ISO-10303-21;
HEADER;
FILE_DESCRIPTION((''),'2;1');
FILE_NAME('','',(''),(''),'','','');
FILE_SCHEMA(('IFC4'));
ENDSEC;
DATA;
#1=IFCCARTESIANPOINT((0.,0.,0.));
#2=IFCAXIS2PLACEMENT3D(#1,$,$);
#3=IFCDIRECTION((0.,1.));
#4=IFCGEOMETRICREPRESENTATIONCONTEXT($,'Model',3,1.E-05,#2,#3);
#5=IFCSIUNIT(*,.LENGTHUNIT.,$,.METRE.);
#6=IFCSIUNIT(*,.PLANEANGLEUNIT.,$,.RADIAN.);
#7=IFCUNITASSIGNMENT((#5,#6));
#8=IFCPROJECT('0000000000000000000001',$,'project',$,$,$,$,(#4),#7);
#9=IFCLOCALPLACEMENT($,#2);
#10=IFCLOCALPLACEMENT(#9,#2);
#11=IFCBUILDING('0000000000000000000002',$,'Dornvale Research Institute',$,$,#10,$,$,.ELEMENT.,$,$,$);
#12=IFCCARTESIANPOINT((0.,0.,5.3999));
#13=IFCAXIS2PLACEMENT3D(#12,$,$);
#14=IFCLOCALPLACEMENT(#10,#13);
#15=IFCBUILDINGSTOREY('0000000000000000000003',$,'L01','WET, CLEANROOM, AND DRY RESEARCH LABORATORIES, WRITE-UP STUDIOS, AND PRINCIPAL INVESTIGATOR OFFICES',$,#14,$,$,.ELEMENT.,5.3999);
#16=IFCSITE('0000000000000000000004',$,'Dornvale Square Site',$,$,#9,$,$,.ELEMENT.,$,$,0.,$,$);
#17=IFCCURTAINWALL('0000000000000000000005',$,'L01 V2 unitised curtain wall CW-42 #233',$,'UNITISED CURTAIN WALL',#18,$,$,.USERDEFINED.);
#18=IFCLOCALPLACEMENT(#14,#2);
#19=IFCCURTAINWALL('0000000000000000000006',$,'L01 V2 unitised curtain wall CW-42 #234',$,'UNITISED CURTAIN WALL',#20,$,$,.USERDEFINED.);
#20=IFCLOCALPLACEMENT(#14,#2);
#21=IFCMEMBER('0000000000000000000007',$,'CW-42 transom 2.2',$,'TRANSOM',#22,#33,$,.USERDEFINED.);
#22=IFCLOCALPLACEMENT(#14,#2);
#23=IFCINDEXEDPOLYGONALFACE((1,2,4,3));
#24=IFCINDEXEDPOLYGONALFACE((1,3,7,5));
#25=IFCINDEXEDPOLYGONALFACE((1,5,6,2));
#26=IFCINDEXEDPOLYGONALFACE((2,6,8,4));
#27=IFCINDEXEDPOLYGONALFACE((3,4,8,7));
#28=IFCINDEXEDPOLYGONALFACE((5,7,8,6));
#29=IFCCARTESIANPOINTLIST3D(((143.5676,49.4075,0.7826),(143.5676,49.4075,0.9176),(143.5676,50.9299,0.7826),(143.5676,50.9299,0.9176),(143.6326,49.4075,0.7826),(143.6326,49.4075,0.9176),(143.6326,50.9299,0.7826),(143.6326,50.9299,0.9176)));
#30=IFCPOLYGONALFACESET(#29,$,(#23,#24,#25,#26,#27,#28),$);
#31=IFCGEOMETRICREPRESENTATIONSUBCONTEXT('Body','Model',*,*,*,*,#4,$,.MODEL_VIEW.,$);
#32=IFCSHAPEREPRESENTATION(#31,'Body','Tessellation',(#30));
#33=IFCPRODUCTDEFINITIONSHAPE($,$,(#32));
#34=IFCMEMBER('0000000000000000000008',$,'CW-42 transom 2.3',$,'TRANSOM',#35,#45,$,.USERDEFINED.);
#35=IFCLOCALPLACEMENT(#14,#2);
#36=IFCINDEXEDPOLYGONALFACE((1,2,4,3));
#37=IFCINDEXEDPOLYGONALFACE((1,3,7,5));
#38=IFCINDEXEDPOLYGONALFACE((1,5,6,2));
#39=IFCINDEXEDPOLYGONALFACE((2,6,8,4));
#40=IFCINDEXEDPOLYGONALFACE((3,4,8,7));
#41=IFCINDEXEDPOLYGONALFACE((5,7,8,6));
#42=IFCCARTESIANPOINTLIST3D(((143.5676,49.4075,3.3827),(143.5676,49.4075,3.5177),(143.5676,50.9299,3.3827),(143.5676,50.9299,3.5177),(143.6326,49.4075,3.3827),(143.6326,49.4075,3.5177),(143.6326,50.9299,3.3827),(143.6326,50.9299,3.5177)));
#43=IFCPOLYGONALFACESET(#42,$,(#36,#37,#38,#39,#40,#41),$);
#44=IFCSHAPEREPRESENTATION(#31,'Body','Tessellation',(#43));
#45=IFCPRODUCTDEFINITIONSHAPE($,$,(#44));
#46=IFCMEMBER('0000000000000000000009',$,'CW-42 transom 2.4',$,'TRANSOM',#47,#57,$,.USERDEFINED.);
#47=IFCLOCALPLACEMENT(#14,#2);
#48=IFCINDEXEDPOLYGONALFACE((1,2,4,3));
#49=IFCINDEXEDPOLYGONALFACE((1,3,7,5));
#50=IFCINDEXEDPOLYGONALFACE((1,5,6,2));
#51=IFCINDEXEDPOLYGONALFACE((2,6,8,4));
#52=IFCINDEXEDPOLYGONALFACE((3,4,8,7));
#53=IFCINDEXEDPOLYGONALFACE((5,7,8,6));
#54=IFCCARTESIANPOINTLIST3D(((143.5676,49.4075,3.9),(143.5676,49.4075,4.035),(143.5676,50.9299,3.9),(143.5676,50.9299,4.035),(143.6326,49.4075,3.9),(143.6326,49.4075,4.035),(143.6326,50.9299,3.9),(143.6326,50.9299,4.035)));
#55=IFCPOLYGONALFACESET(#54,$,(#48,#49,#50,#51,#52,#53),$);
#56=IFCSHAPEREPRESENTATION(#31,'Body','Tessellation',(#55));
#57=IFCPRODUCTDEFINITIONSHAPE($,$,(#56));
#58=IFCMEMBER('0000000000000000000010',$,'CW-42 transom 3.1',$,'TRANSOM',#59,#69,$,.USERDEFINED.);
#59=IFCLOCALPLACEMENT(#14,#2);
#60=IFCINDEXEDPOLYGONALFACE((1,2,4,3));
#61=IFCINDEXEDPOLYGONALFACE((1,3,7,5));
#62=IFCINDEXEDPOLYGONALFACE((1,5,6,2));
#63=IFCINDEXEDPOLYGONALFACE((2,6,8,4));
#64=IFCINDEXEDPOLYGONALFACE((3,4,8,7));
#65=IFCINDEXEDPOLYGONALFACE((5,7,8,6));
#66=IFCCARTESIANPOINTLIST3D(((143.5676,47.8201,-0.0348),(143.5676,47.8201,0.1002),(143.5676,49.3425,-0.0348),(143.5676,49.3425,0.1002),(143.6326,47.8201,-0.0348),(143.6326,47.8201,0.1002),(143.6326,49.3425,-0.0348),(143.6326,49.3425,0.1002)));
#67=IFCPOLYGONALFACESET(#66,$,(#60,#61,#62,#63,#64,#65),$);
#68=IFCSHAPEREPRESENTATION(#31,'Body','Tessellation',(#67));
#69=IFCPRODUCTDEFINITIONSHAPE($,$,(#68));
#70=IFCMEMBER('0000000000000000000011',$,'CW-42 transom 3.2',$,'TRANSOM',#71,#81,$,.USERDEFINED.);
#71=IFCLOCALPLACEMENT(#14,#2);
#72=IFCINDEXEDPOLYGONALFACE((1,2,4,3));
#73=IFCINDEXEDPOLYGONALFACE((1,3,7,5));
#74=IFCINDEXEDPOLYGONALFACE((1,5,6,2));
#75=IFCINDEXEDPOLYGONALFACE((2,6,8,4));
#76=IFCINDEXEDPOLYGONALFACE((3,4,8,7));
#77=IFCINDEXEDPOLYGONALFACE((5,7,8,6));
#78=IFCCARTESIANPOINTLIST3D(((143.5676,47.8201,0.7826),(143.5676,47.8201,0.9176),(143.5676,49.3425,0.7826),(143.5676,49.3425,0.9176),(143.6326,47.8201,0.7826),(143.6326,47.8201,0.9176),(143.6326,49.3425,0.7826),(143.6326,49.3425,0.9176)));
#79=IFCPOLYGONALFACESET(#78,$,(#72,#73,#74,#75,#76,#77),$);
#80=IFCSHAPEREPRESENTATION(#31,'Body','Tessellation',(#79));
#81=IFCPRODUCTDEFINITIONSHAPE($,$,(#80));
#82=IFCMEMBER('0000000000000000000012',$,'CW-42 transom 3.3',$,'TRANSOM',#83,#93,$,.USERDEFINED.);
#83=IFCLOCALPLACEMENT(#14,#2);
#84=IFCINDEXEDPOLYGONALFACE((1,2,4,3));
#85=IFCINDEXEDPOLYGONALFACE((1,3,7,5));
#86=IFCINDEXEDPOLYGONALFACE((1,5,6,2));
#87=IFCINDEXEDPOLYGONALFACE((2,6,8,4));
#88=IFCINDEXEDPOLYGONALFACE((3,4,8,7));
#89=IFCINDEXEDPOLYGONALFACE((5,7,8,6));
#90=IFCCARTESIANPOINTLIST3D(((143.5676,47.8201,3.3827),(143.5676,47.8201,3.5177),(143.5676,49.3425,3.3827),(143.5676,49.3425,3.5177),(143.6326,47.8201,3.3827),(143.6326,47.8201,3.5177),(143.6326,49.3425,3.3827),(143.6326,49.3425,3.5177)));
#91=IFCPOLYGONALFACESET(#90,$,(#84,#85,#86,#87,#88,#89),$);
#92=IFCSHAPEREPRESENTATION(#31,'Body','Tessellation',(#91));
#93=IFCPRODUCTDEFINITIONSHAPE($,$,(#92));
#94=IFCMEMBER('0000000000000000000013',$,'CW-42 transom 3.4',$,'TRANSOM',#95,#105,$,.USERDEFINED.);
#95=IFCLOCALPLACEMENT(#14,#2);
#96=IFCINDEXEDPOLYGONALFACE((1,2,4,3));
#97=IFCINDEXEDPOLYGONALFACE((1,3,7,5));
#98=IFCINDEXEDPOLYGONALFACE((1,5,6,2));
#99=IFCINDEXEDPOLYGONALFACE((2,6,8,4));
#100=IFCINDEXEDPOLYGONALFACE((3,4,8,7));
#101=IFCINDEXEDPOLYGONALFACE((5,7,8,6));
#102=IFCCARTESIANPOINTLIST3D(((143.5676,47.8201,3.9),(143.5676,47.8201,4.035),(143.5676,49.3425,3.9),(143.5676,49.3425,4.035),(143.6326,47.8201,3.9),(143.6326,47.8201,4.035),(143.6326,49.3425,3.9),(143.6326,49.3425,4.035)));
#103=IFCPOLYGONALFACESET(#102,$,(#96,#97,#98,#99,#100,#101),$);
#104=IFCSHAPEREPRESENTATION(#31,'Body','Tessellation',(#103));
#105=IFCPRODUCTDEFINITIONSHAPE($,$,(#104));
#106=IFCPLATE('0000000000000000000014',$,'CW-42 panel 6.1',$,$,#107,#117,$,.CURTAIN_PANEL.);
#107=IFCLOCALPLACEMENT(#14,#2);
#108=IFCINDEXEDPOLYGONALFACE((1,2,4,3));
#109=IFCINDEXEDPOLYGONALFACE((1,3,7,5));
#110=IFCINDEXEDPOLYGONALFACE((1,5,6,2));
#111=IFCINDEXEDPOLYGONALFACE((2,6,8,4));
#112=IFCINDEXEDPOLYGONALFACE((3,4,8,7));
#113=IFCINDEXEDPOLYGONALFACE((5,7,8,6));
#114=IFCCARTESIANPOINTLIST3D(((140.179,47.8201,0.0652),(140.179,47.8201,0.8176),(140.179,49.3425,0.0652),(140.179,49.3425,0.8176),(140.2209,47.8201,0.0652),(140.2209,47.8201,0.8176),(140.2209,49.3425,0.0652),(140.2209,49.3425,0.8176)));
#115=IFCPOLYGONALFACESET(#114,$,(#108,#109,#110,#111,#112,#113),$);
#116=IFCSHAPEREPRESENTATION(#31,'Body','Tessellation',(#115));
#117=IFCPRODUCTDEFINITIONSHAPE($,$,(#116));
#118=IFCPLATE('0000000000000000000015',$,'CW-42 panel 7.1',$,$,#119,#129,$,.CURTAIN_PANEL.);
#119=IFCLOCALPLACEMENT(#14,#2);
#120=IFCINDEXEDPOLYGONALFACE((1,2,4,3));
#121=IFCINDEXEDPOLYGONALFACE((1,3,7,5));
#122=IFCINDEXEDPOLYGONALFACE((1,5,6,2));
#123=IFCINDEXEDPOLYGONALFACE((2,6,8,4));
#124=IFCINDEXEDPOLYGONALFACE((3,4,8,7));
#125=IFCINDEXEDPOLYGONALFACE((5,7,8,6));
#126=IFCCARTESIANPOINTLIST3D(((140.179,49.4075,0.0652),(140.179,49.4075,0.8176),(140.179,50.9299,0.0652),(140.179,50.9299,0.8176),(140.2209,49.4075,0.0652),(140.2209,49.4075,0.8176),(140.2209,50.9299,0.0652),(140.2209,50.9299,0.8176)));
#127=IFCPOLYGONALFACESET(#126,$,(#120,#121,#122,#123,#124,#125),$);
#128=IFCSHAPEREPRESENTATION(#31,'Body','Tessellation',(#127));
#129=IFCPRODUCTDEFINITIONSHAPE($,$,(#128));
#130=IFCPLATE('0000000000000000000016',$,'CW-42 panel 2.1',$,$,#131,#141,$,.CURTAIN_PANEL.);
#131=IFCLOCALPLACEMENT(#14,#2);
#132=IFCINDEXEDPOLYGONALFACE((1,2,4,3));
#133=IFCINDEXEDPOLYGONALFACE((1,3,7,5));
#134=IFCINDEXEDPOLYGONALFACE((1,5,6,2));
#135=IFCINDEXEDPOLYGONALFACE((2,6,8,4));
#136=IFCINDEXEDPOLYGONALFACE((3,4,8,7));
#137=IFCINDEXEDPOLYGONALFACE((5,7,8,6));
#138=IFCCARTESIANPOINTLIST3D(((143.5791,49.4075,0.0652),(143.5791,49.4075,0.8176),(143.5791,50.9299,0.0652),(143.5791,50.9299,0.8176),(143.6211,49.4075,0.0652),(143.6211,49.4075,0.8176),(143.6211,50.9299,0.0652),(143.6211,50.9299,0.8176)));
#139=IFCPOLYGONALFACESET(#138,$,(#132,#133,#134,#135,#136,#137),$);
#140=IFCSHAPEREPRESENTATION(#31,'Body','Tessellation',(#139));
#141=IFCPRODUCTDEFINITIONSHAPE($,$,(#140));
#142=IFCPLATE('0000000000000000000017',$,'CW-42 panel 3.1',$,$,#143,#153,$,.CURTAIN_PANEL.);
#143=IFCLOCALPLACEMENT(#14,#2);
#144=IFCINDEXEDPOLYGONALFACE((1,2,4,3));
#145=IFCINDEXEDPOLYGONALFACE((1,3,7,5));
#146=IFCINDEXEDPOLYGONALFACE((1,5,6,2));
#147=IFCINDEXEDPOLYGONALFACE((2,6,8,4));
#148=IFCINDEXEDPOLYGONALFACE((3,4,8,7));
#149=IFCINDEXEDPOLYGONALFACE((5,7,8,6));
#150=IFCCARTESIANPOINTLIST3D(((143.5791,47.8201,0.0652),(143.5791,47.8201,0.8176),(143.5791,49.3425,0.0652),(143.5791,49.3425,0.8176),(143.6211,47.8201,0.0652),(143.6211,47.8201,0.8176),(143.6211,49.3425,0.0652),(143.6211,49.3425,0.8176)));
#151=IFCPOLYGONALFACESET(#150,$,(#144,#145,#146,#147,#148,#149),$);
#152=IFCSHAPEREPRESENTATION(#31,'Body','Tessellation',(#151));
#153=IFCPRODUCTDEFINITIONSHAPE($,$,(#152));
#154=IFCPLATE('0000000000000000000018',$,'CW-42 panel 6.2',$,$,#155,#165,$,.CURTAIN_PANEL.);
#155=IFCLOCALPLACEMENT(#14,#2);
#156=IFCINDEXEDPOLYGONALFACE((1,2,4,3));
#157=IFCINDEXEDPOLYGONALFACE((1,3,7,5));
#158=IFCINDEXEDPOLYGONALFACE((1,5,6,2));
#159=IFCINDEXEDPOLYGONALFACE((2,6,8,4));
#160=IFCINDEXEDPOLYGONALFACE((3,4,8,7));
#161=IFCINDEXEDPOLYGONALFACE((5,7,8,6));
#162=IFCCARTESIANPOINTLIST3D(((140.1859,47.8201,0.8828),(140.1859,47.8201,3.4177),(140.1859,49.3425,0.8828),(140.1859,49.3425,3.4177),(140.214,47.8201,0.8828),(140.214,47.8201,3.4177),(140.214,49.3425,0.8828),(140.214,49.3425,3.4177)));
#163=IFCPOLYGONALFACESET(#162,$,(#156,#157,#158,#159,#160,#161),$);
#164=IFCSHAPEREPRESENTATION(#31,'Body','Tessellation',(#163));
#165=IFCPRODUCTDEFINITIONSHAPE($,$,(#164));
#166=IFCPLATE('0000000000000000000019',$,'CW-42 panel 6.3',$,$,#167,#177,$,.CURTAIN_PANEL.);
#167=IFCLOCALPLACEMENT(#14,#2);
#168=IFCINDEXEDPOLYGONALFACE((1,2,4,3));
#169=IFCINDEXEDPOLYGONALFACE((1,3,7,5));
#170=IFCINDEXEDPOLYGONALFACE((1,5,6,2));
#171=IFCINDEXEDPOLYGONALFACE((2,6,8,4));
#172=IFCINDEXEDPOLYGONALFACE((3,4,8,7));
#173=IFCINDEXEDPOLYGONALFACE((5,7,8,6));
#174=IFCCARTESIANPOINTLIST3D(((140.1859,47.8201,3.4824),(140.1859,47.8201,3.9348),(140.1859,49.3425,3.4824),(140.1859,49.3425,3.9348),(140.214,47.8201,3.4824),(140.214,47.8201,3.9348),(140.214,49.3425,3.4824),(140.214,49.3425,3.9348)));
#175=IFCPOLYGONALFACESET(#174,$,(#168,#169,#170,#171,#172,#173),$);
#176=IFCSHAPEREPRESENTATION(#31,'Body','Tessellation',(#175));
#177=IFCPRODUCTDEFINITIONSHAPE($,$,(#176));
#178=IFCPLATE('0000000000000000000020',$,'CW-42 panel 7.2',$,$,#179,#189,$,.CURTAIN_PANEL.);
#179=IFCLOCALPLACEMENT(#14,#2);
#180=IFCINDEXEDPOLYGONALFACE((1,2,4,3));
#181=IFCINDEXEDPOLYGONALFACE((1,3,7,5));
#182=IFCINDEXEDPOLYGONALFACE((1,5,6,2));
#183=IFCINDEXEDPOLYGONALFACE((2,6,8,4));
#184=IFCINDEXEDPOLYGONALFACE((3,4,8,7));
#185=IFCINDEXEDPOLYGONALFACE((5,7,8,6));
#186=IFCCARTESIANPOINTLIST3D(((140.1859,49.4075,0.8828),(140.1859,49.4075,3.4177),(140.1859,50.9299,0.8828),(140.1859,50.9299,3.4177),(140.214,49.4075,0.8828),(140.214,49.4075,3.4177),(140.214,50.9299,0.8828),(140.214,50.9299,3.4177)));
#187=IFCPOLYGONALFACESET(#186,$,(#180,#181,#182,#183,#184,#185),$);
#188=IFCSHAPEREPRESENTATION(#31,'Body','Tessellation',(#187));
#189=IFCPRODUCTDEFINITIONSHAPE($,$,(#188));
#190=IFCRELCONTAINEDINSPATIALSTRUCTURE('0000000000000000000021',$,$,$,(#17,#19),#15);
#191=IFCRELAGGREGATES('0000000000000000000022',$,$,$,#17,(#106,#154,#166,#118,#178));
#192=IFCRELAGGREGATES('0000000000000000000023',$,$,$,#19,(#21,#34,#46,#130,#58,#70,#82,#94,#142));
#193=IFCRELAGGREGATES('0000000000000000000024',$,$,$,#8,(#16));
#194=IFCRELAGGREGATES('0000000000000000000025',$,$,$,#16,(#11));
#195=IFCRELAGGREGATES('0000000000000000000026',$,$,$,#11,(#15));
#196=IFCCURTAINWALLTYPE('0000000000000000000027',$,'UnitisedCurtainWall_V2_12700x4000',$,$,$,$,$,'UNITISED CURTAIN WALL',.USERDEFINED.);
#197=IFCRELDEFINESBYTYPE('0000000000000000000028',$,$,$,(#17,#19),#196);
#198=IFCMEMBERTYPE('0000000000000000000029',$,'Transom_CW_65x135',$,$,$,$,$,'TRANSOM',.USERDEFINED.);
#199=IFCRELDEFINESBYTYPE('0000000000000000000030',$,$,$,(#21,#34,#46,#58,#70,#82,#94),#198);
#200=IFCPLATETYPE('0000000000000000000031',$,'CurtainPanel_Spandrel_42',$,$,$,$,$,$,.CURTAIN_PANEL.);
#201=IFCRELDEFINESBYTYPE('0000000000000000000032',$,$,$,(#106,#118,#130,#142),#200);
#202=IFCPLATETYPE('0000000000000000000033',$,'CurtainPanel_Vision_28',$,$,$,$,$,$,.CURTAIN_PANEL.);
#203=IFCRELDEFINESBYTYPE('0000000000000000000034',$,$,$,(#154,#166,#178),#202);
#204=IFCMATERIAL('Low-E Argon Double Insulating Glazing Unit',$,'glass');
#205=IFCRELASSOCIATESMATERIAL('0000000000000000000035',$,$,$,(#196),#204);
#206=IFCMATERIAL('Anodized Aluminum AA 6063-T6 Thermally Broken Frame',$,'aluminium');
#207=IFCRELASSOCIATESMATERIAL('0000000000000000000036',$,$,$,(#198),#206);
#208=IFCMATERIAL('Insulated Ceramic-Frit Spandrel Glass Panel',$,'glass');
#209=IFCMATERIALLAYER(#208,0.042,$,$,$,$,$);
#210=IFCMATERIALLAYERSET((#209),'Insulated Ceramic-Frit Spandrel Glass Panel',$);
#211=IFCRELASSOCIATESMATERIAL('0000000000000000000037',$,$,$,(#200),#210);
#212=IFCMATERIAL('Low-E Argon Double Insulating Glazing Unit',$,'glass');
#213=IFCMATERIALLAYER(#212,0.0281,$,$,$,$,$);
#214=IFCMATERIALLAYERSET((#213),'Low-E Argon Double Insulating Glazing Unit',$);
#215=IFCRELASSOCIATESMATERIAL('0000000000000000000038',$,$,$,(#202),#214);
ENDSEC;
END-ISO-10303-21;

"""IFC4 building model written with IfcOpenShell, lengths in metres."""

from ifc_helpers import new_model, si_unit, direction, frame, origin, origin_2d, place, context, subcontext, project, spatial, rectangle, extrude, material, layer, layer_set, material_profile, profile_set, type_object, element, aggregate, save


model = new_model("IFC4")

# Units and contexts
model_context = context("Model", 3, precision=1e-05, world=origin(), true_north=direction((0.0, 1.0)))
body_context = subcontext(model_context, "Body", "Model", "MODEL_VIEW")
ifc_project = project(units=[si_unit("LENGTHUNIT", "METRE"), si_unit("PLANEANGLEUNIT", "RADIAN")], contexts=[model_context])

# Site, building, storey
site_placement = place(None, origin())
site = spatial("IfcSite", under=ifc_project, at=site_placement, Name="Dornvale Square Site", CompositionType="ELEMENT", RefElevation=0.0)
building_placement = place(site_placement, origin())
building = spatial("IfcBuilding", under=site, at=building_placement, Name="Dornvale Research Institute", CompositionType="ELEMENT")
storey_placement = place(building_placement, frame((0.0, 0.0, 5.3999)))
storey = spatial("IfcBuildingStorey", under=building, at=storey_placement, Name="L01", Description="WET, CLEANROOM, AND DRY RESEARCH LABORATORIES, WRITE-UP STUDIOS, AND PRINCIPAL INVESTIGATOR OFFICES", CompositionType="ELEMENT", Elevation=5.3999)

# Curtain walls
ifc_material_1 = material(Name="Low-E Argon Double Insulating Glazing Unit", Category="glass")
curtain_wall_type = type_object("IfcCurtainWallType", Name="UnitisedCurtainWall_V2_12700x4000", ElementType="UNITISED CURTAIN WALL", PredefinedType="USERDEFINED", material=ifc_material_1)
curtain_wall_1_placement = place(storey_placement, origin())
curtain_wall_1 = element("IfcCurtainWall", 1, at=curtain_wall_1_placement, inside=storey, type_object=curtain_wall_type, Name="L01 V2 unitised curtain wall CW-42 #233", ObjectType="UNITISED CURTAIN WALL", PredefinedType="USERDEFINED")
curtain_wall_2_placement = place(storey_placement, origin())
curtain_wall_2 = element("IfcCurtainWall", 2, at=curtain_wall_2_placement, inside=storey, type_object=curtain_wall_type, Name="L01 V2 unitised curtain wall CW-42 #234", ObjectType="UNITISED CURTAIN WALL", PredefinedType="USERDEFINED")

# Members
ifc_material_2 = material(Name="Anodized Aluminum AA 6063-T6 Thermally Broken Frame", Category="aluminium")
ifc_material_profile_1 = material_profile(ifc_material_2, rectangle(XDim=0.0649, YDim=0.135, at=origin_2d()), Name="ALU TRANSOM 65x135")
ifc_profile_set_1 = profile_set([ifc_material_profile_1], Name="Anodized Aluminum AA 6063-T6 Thermally Broken Frame")
member_type_1 = type_object("IfcMemberType", Name="Transom_CW_65x135", ElementType="TRANSOM", PredefinedType="USERDEFINED", material=ifc_profile_set_1)
member_1_placement = place(storey_placement, frame((143.6001, 50.9299, 0.8501), z_axis=(0.0, -1.0, 0.0), x_axis=(1.0, 0.0, 0.0)))
member_1 = element("IfcMember", 3, at=member_1_placement, type_object=member_type_1, Name="CW-42 transom 2.2", ObjectType="TRANSOM", PredefinedType="USERDEFINED", context=body_context, shape_type="SweptSolid", body=[
    extrude(rectangle(XDim=0.0649, YDim=0.135, at=origin_2d()), origin(), (0.0, 0.0, 1.0), 1.5225),
])
member_2_placement = place(storey_placement, frame((143.6001, 50.9299, 3.4502), z_axis=(0.0, -1.0, 0.0), x_axis=(1.0, 0.0, 0.0)))
member_2 = element("IfcMember", 4, at=member_2_placement, type_object=member_type_1, Name="CW-42 transom 2.3", ObjectType="TRANSOM", PredefinedType="USERDEFINED", context=body_context, shape_type="SweptSolid", body=[
    extrude(rectangle(XDim=0.0649, YDim=0.135, at=origin_2d()), origin(), (0.0, 0.0, 1.0), 1.5225),
])
member_3_placement = place(storey_placement, frame((143.6001, 50.9299, 3.9675), z_axis=(0.0, -1.0, 0.0), x_axis=(1.0, 0.0, 0.0)))
member_3 = element("IfcMember", 5, at=member_3_placement, type_object=member_type_1, Name="CW-42 transom 2.4", ObjectType="TRANSOM", PredefinedType="USERDEFINED", context=body_context, shape_type="SweptSolid", body=[
    extrude(rectangle(XDim=0.0649, YDim=0.135, at=origin_2d()), origin(), (0.0, 0.0, 1.0), 1.5225),
])
member_4_placement = place(storey_placement, frame((143.6001, 49.3425, 0.0327), z_axis=(0.0, -1.0, 0.0), x_axis=(1.0, 0.0, 0.0)))
member_4 = element("IfcMember", 6, at=member_4_placement, type_object=member_type_1, Name="CW-42 transom 3.1", ObjectType="TRANSOM", PredefinedType="USERDEFINED", context=body_context, shape_type="SweptSolid", body=[
    extrude(rectangle(XDim=0.0649, YDim=0.135, at=origin_2d()), origin(), (0.0, 0.0, 1.0), 1.5225),
])
member_5_placement = place(storey_placement, frame((143.6001, 49.3425, 0.8501), z_axis=(0.0, -1.0, 0.0), x_axis=(1.0, 0.0, 0.0)))
member_5 = element("IfcMember", 7, at=member_5_placement, type_object=member_type_1, Name="CW-42 transom 3.2", ObjectType="TRANSOM", PredefinedType="USERDEFINED", context=body_context, shape_type="SweptSolid", body=[
    extrude(rectangle(XDim=0.0649, YDim=0.135, at=origin_2d()), origin(), (0.0, 0.0, 1.0), 1.5225),
])
member_6_placement = place(storey_placement, frame((143.6001, 49.3425, 3.4502), z_axis=(0.0, -1.0, 0.0), x_axis=(1.0, 0.0, 0.0)))
member_6 = element("IfcMember", 8, at=member_6_placement, type_object=member_type_1, Name="CW-42 transom 3.3", ObjectType="TRANSOM", PredefinedType="USERDEFINED", context=body_context, shape_type="SweptSolid", body=[
    extrude(rectangle(XDim=0.0649, YDim=0.135, at=origin_2d()), origin(), (0.0, 0.0, 1.0), 1.5225),
])
member_7_placement = place(storey_placement, frame((143.6001, 49.3425, 3.9675), z_axis=(0.0, -1.0, 0.0), x_axis=(1.0, 0.0, 0.0)))
member_7 = element("IfcMember", 9, at=member_7_placement, type_object=member_type_1, Name="CW-42 transom 3.4", ObjectType="TRANSOM", PredefinedType="USERDEFINED", context=body_context, shape_type="SweptSolid", body=[
    extrude(rectangle(XDim=0.0649, YDim=0.135, at=origin_2d()), origin(), (0.0, 0.0, 1.0), 1.5225),
])

# Plates
ifc_material_3 = material(Name="Insulated Ceramic-Frit Spandrel Glass Panel", Category="glass")
ifc_layer_1 = layer(ifc_material_3, 0.042)
ifc_layer_set_1 = layer_set([ifc_layer_1], Name="Insulated Ceramic-Frit Spandrel Glass Panel")
plate_type_1 = type_object("IfcPlateType", Name="CurtainPanel_Spandrel_42", PredefinedType="CURTAIN_PANEL", material=ifc_layer_set_1)
plate_1_placement = place(storey_placement, frame((140.2, 48.5813, 0.0652), z_axis=(0.0, 0.0, 1.0), x_axis=(0.0, 1.0, 0.0)))
plate_1 = element("IfcPlate", 10, at=plate_1_placement, type_object=plate_type_1, Name="CW-42 panel 6.1", PredefinedType="CURTAIN_PANEL", context=body_context, shape_type="SweptSolid", body=[
    extrude(rectangle(XDim=1.5225, YDim=0.042, at=origin_2d()), origin(), (0.0, 0.0, 1.0), 0.7524),
])
plate_2_placement = place(storey_placement, frame((140.2, 50.1687, 0.0652), z_axis=(0.0, 0.0, 1.0), x_axis=(0.0, 1.0, 0.0)))
plate_2 = element("IfcPlate", 11, at=plate_2_placement, type_object=plate_type_1, Name="CW-42 panel 7.1", PredefinedType="CURTAIN_PANEL", context=body_context, shape_type="SweptSolid", body=[
    extrude(rectangle(XDim=1.5225, YDim=0.042, at=origin_2d()), origin(), (0.0, 0.0, 1.0), 0.7524),
])
plate_3_placement = place(storey_placement, frame((143.6001, 50.1687, 0.0652), z_axis=(0.0, 0.0, 1.0), x_axis=(0.0, -1.0, 0.0)))
plate_3 = element("IfcPlate", 12, at=plate_3_placement, type_object=plate_type_1, Name="CW-42 panel 2.1", PredefinedType="CURTAIN_PANEL", context=body_context, shape_type="SweptSolid", body=[
    extrude(rectangle(XDim=1.5225, YDim=0.042, at=origin_2d()), origin(), (0.0, 0.0, 1.0), 0.7524),
])
plate_4_placement = place(storey_placement, frame((143.6001, 48.5813, 0.0652), z_axis=(0.0, 0.0, 1.0), x_axis=(0.0, -1.0, 0.0)))
plate_4 = element("IfcPlate", 13, at=plate_4_placement, type_object=plate_type_1, Name="CW-42 panel 3.1", PredefinedType="CURTAIN_PANEL", context=body_context, shape_type="SweptSolid", body=[
    extrude(rectangle(XDim=1.5225, YDim=0.042, at=origin_2d()), origin(), (0.0, 0.0, 1.0), 0.7524),
])
ifc_material_4 = material(Name="Low-E Argon Double Insulating Glazing Unit", Category="glass")
ifc_layer_2 = layer(ifc_material_4, 0.0281)
ifc_layer_set_2 = layer_set([ifc_layer_2], Name="Low-E Argon Double Insulating Glazing Unit")
plate_type_2 = type_object("IfcPlateType", Name="CurtainPanel_Vision_28", PredefinedType="CURTAIN_PANEL", material=ifc_layer_set_2)
plate_5_placement = place(storey_placement, frame((140.2, 48.5813, 0.8828), z_axis=(0.0, 0.0, 1.0), x_axis=(0.0, 1.0, 0.0)))
plate_5 = element("IfcPlate", 14, at=plate_5_placement, type_object=plate_type_2, Name="CW-42 panel 6.2", PredefinedType="CURTAIN_PANEL", context=body_context, shape_type="SweptSolid", body=[
    extrude(rectangle(XDim=1.5225, YDim=0.0281, at=origin_2d()), origin(), (0.0, 0.0, 1.0), 2.5349),
])
plate_6_placement = place(storey_placement, frame((140.2, 48.5813, 3.4824), z_axis=(0.0, 0.0, 1.0), x_axis=(0.0, 1.0, 0.0)))
plate_6 = element("IfcPlate", 15, at=plate_6_placement, type_object=plate_type_2, Name="CW-42 panel 6.3", PredefinedType="CURTAIN_PANEL", context=body_context, shape_type="SweptSolid", body=[
    extrude(rectangle(XDim=1.5225, YDim=0.0281, at=origin_2d()), origin(), (0.0, 0.0, 1.0), 0.4524),
])
plate_7_placement = place(storey_placement, frame((140.2, 50.1687, 0.8828), z_axis=(0.0, 0.0, 1.0), x_axis=(0.0, 1.0, 0.0)))
plate_7 = element("IfcPlate", 16, at=plate_7_placement, type_object=plate_type_2, Name="CW-42 panel 7.2", PredefinedType="CURTAIN_PANEL", context=body_context, shape_type="SweptSolid", body=[
    extrude(rectangle(XDim=1.5225, YDim=0.0281, at=origin_2d()), origin(), (0.0, 0.0, 1.0), 2.5349),
])
aggregate(curtain_wall_1, [plate_1, plate_5, plate_6, plate_2, plate_7])
aggregate(curtain_wall_2, [member_1, member_2, member_3, plate_3, member_4, member_5, member_6, member_7, plate_4])

save(model, "model.ifc")
